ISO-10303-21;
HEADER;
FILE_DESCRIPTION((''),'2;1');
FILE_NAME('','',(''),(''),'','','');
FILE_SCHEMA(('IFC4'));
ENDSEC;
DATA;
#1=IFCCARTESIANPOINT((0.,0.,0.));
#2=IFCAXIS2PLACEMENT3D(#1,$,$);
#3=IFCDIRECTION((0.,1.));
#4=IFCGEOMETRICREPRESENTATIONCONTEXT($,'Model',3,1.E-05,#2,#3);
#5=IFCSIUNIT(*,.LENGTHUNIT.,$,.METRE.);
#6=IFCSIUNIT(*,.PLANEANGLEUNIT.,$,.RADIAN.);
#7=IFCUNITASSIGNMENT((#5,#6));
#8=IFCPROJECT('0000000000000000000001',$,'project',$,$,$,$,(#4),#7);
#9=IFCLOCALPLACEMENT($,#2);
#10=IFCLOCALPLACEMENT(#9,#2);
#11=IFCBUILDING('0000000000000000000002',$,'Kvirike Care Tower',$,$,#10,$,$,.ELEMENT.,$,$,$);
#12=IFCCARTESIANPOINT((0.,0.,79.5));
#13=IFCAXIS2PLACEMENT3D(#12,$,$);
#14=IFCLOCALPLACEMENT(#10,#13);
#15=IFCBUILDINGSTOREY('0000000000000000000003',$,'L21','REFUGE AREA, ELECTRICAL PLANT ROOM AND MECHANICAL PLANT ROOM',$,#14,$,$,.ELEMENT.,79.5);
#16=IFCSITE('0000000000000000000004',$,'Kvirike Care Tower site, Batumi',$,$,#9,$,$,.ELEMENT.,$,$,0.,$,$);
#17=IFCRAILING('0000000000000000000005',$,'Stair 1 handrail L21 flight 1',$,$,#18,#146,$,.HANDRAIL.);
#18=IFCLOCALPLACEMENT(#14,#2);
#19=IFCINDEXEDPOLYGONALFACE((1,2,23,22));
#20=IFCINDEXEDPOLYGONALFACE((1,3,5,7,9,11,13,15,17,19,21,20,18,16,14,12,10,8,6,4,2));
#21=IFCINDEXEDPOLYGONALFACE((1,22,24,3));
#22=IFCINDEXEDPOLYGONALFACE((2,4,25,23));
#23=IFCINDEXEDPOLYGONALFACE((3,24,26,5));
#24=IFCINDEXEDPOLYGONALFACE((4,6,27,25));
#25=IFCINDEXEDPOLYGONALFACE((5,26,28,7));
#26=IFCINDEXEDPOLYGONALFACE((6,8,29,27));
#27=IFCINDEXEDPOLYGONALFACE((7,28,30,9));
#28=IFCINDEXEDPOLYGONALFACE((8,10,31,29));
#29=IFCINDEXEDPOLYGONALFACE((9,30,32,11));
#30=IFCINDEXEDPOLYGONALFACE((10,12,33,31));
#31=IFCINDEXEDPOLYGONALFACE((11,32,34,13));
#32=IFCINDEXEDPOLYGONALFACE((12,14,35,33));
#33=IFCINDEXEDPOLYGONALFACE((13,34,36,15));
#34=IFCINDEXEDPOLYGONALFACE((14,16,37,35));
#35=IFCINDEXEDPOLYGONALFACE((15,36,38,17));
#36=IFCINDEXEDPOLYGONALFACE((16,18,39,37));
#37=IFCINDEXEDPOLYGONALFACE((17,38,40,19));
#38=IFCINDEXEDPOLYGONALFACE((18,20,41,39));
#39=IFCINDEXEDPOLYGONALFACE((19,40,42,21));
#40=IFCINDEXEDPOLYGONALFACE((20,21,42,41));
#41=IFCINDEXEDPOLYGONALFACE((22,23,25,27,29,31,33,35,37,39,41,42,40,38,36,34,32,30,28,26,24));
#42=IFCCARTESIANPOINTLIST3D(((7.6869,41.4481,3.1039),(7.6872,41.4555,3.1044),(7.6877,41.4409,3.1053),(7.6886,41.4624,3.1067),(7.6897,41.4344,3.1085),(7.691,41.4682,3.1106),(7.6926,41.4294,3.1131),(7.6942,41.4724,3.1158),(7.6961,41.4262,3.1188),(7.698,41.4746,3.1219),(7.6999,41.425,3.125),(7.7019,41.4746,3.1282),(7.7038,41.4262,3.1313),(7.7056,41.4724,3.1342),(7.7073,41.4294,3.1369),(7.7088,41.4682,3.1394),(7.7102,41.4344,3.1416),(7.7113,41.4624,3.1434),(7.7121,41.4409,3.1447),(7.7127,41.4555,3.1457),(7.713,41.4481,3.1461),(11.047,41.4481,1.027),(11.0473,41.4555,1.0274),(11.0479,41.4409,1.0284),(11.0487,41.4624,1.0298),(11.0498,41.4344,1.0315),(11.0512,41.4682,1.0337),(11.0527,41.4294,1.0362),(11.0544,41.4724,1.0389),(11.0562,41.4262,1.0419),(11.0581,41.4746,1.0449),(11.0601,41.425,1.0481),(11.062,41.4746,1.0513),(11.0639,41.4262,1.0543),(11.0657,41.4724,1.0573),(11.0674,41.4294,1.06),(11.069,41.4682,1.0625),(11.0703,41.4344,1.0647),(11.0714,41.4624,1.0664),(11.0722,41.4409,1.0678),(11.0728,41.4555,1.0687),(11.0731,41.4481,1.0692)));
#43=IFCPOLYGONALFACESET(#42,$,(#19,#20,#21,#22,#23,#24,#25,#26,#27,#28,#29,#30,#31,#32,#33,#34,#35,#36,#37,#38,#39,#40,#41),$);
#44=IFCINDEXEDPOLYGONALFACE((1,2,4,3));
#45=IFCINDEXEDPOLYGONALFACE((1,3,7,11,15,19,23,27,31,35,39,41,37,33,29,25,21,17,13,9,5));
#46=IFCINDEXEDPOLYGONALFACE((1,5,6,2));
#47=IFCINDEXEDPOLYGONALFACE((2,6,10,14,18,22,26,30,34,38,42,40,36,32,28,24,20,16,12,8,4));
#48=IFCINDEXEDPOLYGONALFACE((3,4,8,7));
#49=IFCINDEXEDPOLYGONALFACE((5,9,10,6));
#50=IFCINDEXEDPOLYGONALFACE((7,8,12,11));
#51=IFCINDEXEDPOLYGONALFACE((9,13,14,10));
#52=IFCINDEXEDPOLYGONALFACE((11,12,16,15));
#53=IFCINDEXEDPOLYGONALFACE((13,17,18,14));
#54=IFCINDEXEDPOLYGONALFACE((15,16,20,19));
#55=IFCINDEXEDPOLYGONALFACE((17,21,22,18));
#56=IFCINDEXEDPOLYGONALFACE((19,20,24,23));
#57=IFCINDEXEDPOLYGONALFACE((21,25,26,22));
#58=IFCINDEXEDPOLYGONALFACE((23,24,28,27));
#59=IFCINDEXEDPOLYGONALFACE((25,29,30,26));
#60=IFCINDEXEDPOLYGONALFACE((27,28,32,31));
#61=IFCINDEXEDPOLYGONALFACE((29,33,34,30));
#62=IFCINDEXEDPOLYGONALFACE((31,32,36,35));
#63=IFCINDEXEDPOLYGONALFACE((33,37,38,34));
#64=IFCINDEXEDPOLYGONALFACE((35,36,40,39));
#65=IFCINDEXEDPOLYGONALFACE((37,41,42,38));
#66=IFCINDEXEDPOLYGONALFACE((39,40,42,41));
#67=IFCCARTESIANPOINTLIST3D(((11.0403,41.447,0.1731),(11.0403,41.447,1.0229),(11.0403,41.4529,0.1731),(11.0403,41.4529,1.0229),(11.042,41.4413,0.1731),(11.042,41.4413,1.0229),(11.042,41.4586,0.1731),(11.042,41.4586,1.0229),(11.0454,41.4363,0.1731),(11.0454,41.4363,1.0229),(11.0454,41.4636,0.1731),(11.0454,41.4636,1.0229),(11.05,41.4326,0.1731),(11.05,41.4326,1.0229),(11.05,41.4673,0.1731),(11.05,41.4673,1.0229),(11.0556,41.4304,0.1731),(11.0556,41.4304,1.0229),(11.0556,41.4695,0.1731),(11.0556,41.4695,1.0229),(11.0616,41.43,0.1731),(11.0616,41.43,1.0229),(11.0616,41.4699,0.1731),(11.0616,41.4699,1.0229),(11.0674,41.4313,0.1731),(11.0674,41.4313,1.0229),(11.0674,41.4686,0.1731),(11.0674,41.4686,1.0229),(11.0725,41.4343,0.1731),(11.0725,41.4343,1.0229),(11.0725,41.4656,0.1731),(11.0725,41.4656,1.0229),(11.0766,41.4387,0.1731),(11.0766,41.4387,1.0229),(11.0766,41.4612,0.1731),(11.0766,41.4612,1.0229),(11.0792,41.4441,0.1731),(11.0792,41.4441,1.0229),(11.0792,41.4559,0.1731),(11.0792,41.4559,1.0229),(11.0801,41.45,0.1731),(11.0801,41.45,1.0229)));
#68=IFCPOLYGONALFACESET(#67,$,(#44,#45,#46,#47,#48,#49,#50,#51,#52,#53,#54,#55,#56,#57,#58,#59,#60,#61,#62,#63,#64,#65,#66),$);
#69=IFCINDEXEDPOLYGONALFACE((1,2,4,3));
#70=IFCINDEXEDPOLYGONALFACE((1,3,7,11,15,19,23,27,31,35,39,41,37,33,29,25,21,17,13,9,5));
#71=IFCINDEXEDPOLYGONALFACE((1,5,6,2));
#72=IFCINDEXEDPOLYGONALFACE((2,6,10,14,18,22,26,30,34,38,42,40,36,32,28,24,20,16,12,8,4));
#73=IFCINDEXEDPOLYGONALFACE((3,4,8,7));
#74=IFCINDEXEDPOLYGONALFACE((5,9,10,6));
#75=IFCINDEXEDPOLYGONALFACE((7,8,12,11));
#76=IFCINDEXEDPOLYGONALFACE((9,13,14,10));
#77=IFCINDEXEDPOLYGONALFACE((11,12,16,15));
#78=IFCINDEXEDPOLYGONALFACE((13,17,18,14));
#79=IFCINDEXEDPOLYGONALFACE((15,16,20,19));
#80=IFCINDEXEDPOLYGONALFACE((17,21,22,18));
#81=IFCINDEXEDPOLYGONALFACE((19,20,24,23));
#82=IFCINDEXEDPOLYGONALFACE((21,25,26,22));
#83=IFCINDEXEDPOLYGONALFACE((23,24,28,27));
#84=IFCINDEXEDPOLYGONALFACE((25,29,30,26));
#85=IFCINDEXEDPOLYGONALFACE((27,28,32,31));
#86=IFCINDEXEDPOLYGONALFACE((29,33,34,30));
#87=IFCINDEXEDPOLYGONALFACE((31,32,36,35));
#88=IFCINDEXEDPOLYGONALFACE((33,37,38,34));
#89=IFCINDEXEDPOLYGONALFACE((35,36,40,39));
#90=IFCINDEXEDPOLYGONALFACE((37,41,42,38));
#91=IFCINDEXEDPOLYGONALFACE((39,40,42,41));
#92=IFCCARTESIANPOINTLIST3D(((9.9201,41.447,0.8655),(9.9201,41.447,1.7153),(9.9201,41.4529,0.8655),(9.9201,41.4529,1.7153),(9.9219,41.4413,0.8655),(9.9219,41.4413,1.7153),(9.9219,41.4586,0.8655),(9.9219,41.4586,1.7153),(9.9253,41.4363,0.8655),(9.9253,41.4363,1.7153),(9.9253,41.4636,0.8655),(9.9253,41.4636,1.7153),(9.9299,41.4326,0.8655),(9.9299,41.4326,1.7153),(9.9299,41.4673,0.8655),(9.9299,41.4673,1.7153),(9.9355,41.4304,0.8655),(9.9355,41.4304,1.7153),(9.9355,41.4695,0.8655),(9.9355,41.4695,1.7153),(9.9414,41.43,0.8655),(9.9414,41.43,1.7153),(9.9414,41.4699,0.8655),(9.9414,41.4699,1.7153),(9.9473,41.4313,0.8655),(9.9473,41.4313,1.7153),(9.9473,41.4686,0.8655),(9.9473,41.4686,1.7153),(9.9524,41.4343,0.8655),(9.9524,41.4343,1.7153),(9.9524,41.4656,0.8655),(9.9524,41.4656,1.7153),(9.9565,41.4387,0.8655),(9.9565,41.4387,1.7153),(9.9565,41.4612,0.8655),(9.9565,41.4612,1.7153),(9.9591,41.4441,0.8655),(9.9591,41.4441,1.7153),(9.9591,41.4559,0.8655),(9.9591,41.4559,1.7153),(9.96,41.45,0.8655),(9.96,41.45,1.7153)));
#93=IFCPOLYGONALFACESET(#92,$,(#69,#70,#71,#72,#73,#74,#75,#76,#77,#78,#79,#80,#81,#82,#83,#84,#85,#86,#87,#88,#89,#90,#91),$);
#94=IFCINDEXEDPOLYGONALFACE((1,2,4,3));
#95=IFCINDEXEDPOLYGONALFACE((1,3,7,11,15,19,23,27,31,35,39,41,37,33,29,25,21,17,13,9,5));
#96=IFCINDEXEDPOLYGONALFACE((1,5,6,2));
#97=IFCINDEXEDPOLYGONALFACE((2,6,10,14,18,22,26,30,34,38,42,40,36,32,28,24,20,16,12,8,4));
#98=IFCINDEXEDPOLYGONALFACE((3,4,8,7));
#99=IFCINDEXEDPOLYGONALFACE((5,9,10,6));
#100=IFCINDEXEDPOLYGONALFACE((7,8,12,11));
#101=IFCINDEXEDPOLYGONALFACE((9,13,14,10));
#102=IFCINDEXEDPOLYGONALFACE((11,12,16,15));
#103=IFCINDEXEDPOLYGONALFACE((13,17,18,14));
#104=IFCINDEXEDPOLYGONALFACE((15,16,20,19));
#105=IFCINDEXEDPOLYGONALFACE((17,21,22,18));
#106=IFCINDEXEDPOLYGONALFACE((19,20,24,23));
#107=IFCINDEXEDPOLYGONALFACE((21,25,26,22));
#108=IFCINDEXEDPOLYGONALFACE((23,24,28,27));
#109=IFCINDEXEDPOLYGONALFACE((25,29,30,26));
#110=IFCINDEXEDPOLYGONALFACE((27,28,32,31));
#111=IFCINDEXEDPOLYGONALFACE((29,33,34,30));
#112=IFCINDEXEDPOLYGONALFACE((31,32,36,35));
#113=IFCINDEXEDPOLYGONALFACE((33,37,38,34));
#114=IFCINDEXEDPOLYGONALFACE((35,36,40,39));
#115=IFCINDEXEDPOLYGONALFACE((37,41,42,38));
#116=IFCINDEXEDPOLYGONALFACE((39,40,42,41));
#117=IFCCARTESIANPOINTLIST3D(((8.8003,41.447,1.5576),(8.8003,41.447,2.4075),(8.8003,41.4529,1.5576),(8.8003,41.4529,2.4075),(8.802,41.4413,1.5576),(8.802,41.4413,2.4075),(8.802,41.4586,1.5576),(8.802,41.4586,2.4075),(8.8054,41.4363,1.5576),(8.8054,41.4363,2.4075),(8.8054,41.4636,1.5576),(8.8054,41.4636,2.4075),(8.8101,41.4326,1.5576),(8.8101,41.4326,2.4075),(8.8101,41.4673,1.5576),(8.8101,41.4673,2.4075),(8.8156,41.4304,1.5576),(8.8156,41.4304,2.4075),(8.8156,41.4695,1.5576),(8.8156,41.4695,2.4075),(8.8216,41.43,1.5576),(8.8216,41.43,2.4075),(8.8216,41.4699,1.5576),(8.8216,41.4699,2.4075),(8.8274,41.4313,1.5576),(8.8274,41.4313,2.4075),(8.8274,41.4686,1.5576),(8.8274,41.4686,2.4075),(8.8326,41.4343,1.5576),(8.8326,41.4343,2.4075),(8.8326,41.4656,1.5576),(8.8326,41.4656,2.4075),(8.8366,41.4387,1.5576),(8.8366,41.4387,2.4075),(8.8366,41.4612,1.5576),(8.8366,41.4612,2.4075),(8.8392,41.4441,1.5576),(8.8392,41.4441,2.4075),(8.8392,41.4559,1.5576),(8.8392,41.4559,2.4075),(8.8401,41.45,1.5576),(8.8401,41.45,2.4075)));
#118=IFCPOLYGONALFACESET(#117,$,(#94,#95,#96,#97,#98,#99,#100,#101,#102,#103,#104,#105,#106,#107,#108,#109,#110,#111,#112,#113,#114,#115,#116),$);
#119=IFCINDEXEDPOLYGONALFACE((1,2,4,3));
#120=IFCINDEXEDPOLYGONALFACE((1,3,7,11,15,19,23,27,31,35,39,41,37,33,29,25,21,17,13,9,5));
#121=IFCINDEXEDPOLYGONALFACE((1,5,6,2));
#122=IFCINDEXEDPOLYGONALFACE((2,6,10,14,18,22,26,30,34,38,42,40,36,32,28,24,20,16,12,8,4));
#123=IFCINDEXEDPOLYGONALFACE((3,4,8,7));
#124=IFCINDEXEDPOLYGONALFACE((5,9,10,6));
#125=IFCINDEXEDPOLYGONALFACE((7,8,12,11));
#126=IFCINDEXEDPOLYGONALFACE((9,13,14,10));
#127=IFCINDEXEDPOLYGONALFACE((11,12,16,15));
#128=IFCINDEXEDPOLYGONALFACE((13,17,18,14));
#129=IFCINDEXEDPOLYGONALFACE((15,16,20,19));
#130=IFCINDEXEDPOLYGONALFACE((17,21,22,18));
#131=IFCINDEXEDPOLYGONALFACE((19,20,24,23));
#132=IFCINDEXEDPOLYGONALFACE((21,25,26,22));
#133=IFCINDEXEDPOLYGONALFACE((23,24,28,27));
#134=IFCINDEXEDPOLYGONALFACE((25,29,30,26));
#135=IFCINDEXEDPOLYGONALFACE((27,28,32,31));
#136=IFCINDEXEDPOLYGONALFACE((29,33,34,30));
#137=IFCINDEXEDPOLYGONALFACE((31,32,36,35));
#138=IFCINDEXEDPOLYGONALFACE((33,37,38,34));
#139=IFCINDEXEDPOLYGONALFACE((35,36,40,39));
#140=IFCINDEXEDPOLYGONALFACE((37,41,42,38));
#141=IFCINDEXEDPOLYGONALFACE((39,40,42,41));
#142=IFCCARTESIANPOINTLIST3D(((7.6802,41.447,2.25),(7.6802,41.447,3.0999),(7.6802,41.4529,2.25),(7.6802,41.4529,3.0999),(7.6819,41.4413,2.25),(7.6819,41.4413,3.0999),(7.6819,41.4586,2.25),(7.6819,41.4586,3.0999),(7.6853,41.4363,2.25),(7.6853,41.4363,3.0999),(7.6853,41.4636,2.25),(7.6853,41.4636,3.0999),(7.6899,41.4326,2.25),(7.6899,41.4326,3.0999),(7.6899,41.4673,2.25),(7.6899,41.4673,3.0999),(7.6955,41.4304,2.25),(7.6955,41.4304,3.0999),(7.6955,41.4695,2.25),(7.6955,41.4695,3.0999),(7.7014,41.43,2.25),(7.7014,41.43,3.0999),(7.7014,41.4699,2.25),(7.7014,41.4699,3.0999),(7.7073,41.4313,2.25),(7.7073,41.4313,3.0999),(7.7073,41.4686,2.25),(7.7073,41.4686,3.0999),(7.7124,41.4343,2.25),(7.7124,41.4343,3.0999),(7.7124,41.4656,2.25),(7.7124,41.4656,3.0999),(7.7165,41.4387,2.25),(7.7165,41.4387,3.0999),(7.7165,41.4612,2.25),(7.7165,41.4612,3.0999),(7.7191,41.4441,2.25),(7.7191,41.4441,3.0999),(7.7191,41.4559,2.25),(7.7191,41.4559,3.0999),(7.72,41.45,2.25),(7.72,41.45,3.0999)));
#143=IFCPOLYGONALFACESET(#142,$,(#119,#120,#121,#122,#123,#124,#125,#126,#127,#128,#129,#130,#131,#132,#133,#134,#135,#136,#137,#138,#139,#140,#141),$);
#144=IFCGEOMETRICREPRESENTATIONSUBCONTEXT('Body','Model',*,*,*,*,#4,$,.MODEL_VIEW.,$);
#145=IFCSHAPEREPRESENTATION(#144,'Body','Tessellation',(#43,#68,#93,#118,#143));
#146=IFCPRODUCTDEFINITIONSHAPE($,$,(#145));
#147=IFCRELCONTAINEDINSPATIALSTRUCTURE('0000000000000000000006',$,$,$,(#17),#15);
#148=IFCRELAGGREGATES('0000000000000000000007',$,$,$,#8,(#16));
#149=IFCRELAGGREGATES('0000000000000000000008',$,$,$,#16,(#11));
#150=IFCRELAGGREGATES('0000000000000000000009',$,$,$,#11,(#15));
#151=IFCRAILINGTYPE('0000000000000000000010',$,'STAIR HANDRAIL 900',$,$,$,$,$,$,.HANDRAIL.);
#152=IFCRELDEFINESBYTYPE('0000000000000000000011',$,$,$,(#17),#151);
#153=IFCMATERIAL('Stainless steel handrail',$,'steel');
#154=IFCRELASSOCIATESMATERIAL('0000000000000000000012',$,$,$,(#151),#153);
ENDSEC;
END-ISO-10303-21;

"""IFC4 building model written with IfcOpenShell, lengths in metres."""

from ifc_helpers import new_model, si_unit, direction, frame, origin, origin_2d, place, context, subcontext, project, spatial, circle, extrude, material, type_object, element, save


model = new_model("IFC4")

# Units and contexts
model_context = context("Model", 3, precision=1e-05, world=origin(), true_north=direction((0.0, 1.0)))
body_context = subcontext(model_context, "Body", "Model", "MODEL_VIEW")
ifc_project = project(units=[si_unit("LENGTHUNIT", "METRE"), si_unit("PLANEANGLEUNIT", "RADIAN")], contexts=[model_context])

# Site, building, storey
site_placement = place(None, origin())
site = spatial("IfcSite", under=ifc_project, at=site_placement, Name="Kvirike Care Tower site, Batumi", CompositionType="ELEMENT", RefElevation=0.0)
building_placement = place(site_placement, origin())
building = spatial("IfcBuilding", under=site, at=building_placement, Name="Kvirike Care Tower", CompositionType="ELEMENT")
storey_placement = place(building_placement, frame((0.0, 0.0, 79.5)))
storey = spatial("IfcBuildingStorey", under=building, at=storey_placement, Name="L21", Description="REFUGE AREA, ELECTRICAL PLANT ROOM AND MECHANICAL PLANT ROOM", CompositionType="ELEMENT", Elevation=79.5)

# Railing
ifc_material_1 = material(Name="Stainless steel handrail", Category="steel")
railing_type = type_object("IfcRailingType", Name="STAIR HANDRAIL 900", PredefinedType="HANDRAIL", material=ifc_material_1)
railing_1_placement = place(storey_placement, frame((11.0601, 41.45, 0.1731)))
element("IfcRailing", 1, at=railing_1_placement, inside=storey, type_object=railing_type, Name="Stair 1 handrail L21 flight 1", PredefinedType="HANDRAIL", context=body_context, shape_type="SweptSolid", body=[
    extrude(circle(Radius=0.0249, at=origin_2d()), frame((0.0, 0.0, 0.875), z_axis=(-0.850623, 0.0, 0.525776), x_axis=(0.0, -1.0, 0.0)), (0.0, 0.0, 1.0), 3.9502),
    extrude(circle(Radius=0.02, at=origin_2d()), origin(), (0.0, 0.0, 1.0), 0.8499),
    extrude(circle(Radius=0.02, at=origin_2d()), frame((-1.1201, 0.0, 0.6924)), (0.0, 0.0, 1.0), 0.8499),
    extrude(circle(Radius=0.02, at=origin_2d()), frame((-2.24, 0.0, 1.3845)), (0.0, 0.0, 1.0), 0.8499),
    extrude(circle(Radius=0.02, at=origin_2d()), frame((-3.3601, 0.0, 2.0769)), (0.0, 0.0, 1.0), 0.8499),
])

save(model, "model.ifc")
